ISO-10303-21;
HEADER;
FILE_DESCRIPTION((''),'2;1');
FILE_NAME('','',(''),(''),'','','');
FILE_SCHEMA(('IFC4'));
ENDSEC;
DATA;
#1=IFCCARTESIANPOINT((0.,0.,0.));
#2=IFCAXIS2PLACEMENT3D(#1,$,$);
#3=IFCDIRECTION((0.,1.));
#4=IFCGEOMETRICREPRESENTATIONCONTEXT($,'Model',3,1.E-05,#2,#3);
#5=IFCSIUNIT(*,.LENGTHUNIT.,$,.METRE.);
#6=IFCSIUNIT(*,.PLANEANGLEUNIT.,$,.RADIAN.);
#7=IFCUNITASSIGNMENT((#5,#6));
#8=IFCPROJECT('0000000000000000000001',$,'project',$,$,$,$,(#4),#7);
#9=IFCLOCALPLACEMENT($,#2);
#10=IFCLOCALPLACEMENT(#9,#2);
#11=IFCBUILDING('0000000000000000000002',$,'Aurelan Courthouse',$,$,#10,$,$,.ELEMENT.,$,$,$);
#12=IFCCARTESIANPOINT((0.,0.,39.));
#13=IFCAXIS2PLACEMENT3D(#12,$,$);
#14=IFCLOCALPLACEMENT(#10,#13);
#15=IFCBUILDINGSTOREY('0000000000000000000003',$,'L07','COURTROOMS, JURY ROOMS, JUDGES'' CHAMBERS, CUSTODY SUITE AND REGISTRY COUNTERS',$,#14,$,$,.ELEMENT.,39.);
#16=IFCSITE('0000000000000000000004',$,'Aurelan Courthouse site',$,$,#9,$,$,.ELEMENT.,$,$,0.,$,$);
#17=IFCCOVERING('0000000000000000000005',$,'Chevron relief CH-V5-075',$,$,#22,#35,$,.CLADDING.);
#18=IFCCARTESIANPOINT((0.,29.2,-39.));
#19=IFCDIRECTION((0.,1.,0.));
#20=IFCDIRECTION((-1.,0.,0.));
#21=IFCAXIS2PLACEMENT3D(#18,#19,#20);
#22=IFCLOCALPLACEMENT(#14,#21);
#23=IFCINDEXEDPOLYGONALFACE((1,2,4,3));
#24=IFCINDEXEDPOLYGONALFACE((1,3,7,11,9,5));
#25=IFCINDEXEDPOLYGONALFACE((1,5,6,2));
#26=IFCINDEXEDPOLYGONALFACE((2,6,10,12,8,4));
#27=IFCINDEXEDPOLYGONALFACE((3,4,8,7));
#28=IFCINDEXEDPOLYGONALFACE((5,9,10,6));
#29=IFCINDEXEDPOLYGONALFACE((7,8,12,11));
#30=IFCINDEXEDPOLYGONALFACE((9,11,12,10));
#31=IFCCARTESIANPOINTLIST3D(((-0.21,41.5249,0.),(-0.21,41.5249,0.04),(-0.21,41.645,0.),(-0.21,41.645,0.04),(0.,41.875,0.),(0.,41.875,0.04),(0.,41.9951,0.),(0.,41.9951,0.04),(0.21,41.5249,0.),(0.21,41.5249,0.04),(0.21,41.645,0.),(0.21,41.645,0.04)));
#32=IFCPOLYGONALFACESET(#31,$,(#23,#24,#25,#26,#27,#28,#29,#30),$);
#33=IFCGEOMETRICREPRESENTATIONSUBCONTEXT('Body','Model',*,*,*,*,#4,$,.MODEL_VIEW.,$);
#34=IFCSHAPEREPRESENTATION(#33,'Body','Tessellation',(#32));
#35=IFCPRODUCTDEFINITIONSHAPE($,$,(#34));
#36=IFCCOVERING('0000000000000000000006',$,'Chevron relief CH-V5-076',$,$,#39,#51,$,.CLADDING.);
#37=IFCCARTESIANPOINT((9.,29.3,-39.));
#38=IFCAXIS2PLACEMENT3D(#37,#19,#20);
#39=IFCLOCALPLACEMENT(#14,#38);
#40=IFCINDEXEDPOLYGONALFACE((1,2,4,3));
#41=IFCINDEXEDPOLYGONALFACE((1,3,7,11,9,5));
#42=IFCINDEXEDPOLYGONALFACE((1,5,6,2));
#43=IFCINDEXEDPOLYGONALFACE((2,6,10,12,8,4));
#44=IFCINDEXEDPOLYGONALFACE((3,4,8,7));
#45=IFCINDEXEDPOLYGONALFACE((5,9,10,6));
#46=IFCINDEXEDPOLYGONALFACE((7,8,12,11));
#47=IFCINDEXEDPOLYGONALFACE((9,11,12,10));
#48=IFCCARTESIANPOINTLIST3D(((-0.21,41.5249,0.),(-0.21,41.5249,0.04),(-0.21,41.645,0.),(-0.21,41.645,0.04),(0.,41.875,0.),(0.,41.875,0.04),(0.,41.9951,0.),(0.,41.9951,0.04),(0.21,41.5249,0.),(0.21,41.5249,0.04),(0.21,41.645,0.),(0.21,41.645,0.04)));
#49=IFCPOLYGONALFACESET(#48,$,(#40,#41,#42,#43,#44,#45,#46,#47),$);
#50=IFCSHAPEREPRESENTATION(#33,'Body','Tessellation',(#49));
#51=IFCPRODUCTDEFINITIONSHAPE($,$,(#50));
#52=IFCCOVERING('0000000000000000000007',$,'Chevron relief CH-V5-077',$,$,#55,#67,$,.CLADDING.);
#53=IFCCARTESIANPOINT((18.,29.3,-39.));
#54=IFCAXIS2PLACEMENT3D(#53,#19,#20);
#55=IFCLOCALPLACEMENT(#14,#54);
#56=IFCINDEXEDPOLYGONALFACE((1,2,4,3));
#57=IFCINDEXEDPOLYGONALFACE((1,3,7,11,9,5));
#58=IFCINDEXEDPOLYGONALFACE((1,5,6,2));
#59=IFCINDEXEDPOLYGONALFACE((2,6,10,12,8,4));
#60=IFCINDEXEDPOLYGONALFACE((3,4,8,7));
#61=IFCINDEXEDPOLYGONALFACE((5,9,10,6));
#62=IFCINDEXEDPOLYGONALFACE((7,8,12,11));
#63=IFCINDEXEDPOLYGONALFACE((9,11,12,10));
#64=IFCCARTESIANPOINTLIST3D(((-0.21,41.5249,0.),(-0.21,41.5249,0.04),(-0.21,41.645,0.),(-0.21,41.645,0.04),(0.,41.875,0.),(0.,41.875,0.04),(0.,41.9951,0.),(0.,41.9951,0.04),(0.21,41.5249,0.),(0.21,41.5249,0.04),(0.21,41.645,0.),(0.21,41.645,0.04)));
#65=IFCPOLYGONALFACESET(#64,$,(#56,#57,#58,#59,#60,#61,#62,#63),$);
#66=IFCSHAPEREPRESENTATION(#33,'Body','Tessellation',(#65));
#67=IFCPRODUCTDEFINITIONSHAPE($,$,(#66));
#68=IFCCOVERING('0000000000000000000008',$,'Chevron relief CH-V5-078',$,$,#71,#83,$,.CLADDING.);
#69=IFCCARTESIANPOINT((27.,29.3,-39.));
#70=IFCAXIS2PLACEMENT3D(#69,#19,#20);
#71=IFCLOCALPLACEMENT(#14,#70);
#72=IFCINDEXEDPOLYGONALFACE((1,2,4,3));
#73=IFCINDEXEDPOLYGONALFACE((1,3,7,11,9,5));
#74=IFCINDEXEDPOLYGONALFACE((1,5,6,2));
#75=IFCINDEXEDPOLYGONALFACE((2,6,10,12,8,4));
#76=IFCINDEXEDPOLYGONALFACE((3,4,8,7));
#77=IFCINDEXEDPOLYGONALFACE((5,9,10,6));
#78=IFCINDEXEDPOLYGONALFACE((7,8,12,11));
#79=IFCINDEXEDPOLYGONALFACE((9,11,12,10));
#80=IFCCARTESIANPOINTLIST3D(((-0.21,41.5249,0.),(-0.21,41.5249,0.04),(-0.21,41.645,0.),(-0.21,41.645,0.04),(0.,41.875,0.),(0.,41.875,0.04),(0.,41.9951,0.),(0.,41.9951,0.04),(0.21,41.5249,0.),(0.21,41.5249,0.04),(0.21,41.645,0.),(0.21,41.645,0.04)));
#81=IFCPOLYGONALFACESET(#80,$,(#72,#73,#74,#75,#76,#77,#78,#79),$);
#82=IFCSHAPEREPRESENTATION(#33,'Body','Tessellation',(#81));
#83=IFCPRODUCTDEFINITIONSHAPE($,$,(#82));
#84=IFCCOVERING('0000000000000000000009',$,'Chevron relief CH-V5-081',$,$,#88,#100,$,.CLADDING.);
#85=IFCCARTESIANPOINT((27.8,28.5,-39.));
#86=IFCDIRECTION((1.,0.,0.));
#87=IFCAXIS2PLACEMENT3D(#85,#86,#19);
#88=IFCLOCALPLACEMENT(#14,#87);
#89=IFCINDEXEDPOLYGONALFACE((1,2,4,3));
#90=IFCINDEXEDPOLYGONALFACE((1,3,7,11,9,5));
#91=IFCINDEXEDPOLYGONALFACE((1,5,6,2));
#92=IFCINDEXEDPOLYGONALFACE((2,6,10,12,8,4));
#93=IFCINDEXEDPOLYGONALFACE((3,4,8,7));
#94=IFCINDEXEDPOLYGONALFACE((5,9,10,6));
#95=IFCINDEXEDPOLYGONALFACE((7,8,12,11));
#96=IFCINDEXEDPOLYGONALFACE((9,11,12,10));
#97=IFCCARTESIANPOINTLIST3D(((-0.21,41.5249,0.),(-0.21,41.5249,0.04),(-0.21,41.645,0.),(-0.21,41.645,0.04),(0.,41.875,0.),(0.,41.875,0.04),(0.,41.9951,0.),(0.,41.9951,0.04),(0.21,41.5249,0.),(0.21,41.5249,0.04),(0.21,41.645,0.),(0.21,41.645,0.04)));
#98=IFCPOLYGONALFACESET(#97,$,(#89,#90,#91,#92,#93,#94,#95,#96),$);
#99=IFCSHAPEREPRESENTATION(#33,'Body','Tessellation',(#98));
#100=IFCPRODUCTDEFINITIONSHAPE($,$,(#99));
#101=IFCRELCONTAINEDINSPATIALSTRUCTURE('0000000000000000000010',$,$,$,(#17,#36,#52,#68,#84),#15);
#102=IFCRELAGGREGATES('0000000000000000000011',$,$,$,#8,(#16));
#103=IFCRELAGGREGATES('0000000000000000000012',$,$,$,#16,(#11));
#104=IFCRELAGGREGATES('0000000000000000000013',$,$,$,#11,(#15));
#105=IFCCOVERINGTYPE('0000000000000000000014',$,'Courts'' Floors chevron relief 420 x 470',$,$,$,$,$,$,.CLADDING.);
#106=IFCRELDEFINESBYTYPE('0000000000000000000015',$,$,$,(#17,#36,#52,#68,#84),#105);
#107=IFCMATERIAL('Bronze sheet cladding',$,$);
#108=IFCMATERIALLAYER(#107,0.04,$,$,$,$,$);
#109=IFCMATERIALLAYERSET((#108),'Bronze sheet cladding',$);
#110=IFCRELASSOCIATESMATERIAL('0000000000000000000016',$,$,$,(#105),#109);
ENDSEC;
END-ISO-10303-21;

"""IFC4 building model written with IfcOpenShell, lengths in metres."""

from ifc_helpers import new_model, si_unit, direction, frame, origin, place, context, subcontext, project, spatial, polyline, outline, extrude, material, layer, layer_set, type_object, element, save


model = new_model("IFC4")

# Units and contexts
model_context = context("Model", 3, precision=1e-05, world=origin(), true_north=direction((0.0, 1.0)))
body_context = subcontext(model_context, "Body", "Model", "MODEL_VIEW")
ifc_project = project(units=[si_unit("LENGTHUNIT", "METRE"), si_unit("PLANEANGLEUNIT", "RADIAN")], contexts=[model_context])

# Site, building, storey
site_placement = place(None, origin())
site = spatial("IfcSite", under=ifc_project, at=site_placement, Name="Aurelan Courthouse site", CompositionType="ELEMENT", RefElevation=0.0)
building_placement = place(site_placement, origin())
building = spatial("IfcBuilding", under=site, at=building_placement, Name="Aurelan Courthouse", CompositionType="ELEMENT")
storey_placement = place(building_placement, frame((0.0, 0.0, 39.0)))
storey = spatial("IfcBuildingStorey", under=building, at=storey_placement, Name="L07", Description="COURTROOMS, JURY ROOMS, JUDGES' CHAMBERS, CUSTODY SUITE AND REGISTRY COUNTERS", CompositionType="ELEMENT", Elevation=39.0)

# Coverings
ifc_material_1 = material(Name="Bronze sheet cladding")
ifc_layer_1 = layer(ifc_material_1, 0.04)
ifc_layer_set_1 = layer_set([ifc_layer_1], Name="Bronze sheet cladding")
covering_type_1 = type_object("IfcCoveringType", Name="Courts' Floors chevron relief 420 x 470", PredefinedType="CLADDING", material=ifc_layer_set_1)
for number, where, z_axis, x_axis, name in (
    (1, (0.0, 29.2, -39.0), (0.0, 1.0, 0.0), (-1.0, 0.0, 0.0), "Chevron relief CH-V5-075"),
    (2, (9.0, 29.3, -39.0), (0.0, 1.0, 0.0), (-1.0, 0.0, 0.0), "Chevron relief CH-V5-076"),
    (3, (18.0, 29.3, -39.0), (0.0, 1.0, 0.0), (-1.0, 0.0, 0.0), "Chevron relief CH-V5-077"),
    (4, (27.0, 29.3, -39.0), (0.0, 1.0, 0.0), (-1.0, 0.0, 0.0), "Chevron relief CH-V5-078"),
    (5, (27.8, 28.5, -39.0), (1.0, 0.0, 0.0), (0.0, 1.0, 0.0), "Chevron relief CH-V5-081"),
):
    element("IfcCovering", number, at=place(storey_placement, frame(where, z_axis=z_axis, x_axis=x_axis)), inside=storey, type_object=covering_type_1, Name=name, PredefinedType="CLADDING", context=body_context, shape_type="SweptSolid", body=[
        extrude(outline(polyline([(-0.21, 41.5249), (0.0, 41.875), (0.21, 41.5249), (0.21, 41.645), (0.0, 41.9951), (-0.21, 41.645), (-0.21, 41.5249)])), origin(), (0.0, 0.0, 1.0), 0.04),
    ])

save(model, "model.ifc")
